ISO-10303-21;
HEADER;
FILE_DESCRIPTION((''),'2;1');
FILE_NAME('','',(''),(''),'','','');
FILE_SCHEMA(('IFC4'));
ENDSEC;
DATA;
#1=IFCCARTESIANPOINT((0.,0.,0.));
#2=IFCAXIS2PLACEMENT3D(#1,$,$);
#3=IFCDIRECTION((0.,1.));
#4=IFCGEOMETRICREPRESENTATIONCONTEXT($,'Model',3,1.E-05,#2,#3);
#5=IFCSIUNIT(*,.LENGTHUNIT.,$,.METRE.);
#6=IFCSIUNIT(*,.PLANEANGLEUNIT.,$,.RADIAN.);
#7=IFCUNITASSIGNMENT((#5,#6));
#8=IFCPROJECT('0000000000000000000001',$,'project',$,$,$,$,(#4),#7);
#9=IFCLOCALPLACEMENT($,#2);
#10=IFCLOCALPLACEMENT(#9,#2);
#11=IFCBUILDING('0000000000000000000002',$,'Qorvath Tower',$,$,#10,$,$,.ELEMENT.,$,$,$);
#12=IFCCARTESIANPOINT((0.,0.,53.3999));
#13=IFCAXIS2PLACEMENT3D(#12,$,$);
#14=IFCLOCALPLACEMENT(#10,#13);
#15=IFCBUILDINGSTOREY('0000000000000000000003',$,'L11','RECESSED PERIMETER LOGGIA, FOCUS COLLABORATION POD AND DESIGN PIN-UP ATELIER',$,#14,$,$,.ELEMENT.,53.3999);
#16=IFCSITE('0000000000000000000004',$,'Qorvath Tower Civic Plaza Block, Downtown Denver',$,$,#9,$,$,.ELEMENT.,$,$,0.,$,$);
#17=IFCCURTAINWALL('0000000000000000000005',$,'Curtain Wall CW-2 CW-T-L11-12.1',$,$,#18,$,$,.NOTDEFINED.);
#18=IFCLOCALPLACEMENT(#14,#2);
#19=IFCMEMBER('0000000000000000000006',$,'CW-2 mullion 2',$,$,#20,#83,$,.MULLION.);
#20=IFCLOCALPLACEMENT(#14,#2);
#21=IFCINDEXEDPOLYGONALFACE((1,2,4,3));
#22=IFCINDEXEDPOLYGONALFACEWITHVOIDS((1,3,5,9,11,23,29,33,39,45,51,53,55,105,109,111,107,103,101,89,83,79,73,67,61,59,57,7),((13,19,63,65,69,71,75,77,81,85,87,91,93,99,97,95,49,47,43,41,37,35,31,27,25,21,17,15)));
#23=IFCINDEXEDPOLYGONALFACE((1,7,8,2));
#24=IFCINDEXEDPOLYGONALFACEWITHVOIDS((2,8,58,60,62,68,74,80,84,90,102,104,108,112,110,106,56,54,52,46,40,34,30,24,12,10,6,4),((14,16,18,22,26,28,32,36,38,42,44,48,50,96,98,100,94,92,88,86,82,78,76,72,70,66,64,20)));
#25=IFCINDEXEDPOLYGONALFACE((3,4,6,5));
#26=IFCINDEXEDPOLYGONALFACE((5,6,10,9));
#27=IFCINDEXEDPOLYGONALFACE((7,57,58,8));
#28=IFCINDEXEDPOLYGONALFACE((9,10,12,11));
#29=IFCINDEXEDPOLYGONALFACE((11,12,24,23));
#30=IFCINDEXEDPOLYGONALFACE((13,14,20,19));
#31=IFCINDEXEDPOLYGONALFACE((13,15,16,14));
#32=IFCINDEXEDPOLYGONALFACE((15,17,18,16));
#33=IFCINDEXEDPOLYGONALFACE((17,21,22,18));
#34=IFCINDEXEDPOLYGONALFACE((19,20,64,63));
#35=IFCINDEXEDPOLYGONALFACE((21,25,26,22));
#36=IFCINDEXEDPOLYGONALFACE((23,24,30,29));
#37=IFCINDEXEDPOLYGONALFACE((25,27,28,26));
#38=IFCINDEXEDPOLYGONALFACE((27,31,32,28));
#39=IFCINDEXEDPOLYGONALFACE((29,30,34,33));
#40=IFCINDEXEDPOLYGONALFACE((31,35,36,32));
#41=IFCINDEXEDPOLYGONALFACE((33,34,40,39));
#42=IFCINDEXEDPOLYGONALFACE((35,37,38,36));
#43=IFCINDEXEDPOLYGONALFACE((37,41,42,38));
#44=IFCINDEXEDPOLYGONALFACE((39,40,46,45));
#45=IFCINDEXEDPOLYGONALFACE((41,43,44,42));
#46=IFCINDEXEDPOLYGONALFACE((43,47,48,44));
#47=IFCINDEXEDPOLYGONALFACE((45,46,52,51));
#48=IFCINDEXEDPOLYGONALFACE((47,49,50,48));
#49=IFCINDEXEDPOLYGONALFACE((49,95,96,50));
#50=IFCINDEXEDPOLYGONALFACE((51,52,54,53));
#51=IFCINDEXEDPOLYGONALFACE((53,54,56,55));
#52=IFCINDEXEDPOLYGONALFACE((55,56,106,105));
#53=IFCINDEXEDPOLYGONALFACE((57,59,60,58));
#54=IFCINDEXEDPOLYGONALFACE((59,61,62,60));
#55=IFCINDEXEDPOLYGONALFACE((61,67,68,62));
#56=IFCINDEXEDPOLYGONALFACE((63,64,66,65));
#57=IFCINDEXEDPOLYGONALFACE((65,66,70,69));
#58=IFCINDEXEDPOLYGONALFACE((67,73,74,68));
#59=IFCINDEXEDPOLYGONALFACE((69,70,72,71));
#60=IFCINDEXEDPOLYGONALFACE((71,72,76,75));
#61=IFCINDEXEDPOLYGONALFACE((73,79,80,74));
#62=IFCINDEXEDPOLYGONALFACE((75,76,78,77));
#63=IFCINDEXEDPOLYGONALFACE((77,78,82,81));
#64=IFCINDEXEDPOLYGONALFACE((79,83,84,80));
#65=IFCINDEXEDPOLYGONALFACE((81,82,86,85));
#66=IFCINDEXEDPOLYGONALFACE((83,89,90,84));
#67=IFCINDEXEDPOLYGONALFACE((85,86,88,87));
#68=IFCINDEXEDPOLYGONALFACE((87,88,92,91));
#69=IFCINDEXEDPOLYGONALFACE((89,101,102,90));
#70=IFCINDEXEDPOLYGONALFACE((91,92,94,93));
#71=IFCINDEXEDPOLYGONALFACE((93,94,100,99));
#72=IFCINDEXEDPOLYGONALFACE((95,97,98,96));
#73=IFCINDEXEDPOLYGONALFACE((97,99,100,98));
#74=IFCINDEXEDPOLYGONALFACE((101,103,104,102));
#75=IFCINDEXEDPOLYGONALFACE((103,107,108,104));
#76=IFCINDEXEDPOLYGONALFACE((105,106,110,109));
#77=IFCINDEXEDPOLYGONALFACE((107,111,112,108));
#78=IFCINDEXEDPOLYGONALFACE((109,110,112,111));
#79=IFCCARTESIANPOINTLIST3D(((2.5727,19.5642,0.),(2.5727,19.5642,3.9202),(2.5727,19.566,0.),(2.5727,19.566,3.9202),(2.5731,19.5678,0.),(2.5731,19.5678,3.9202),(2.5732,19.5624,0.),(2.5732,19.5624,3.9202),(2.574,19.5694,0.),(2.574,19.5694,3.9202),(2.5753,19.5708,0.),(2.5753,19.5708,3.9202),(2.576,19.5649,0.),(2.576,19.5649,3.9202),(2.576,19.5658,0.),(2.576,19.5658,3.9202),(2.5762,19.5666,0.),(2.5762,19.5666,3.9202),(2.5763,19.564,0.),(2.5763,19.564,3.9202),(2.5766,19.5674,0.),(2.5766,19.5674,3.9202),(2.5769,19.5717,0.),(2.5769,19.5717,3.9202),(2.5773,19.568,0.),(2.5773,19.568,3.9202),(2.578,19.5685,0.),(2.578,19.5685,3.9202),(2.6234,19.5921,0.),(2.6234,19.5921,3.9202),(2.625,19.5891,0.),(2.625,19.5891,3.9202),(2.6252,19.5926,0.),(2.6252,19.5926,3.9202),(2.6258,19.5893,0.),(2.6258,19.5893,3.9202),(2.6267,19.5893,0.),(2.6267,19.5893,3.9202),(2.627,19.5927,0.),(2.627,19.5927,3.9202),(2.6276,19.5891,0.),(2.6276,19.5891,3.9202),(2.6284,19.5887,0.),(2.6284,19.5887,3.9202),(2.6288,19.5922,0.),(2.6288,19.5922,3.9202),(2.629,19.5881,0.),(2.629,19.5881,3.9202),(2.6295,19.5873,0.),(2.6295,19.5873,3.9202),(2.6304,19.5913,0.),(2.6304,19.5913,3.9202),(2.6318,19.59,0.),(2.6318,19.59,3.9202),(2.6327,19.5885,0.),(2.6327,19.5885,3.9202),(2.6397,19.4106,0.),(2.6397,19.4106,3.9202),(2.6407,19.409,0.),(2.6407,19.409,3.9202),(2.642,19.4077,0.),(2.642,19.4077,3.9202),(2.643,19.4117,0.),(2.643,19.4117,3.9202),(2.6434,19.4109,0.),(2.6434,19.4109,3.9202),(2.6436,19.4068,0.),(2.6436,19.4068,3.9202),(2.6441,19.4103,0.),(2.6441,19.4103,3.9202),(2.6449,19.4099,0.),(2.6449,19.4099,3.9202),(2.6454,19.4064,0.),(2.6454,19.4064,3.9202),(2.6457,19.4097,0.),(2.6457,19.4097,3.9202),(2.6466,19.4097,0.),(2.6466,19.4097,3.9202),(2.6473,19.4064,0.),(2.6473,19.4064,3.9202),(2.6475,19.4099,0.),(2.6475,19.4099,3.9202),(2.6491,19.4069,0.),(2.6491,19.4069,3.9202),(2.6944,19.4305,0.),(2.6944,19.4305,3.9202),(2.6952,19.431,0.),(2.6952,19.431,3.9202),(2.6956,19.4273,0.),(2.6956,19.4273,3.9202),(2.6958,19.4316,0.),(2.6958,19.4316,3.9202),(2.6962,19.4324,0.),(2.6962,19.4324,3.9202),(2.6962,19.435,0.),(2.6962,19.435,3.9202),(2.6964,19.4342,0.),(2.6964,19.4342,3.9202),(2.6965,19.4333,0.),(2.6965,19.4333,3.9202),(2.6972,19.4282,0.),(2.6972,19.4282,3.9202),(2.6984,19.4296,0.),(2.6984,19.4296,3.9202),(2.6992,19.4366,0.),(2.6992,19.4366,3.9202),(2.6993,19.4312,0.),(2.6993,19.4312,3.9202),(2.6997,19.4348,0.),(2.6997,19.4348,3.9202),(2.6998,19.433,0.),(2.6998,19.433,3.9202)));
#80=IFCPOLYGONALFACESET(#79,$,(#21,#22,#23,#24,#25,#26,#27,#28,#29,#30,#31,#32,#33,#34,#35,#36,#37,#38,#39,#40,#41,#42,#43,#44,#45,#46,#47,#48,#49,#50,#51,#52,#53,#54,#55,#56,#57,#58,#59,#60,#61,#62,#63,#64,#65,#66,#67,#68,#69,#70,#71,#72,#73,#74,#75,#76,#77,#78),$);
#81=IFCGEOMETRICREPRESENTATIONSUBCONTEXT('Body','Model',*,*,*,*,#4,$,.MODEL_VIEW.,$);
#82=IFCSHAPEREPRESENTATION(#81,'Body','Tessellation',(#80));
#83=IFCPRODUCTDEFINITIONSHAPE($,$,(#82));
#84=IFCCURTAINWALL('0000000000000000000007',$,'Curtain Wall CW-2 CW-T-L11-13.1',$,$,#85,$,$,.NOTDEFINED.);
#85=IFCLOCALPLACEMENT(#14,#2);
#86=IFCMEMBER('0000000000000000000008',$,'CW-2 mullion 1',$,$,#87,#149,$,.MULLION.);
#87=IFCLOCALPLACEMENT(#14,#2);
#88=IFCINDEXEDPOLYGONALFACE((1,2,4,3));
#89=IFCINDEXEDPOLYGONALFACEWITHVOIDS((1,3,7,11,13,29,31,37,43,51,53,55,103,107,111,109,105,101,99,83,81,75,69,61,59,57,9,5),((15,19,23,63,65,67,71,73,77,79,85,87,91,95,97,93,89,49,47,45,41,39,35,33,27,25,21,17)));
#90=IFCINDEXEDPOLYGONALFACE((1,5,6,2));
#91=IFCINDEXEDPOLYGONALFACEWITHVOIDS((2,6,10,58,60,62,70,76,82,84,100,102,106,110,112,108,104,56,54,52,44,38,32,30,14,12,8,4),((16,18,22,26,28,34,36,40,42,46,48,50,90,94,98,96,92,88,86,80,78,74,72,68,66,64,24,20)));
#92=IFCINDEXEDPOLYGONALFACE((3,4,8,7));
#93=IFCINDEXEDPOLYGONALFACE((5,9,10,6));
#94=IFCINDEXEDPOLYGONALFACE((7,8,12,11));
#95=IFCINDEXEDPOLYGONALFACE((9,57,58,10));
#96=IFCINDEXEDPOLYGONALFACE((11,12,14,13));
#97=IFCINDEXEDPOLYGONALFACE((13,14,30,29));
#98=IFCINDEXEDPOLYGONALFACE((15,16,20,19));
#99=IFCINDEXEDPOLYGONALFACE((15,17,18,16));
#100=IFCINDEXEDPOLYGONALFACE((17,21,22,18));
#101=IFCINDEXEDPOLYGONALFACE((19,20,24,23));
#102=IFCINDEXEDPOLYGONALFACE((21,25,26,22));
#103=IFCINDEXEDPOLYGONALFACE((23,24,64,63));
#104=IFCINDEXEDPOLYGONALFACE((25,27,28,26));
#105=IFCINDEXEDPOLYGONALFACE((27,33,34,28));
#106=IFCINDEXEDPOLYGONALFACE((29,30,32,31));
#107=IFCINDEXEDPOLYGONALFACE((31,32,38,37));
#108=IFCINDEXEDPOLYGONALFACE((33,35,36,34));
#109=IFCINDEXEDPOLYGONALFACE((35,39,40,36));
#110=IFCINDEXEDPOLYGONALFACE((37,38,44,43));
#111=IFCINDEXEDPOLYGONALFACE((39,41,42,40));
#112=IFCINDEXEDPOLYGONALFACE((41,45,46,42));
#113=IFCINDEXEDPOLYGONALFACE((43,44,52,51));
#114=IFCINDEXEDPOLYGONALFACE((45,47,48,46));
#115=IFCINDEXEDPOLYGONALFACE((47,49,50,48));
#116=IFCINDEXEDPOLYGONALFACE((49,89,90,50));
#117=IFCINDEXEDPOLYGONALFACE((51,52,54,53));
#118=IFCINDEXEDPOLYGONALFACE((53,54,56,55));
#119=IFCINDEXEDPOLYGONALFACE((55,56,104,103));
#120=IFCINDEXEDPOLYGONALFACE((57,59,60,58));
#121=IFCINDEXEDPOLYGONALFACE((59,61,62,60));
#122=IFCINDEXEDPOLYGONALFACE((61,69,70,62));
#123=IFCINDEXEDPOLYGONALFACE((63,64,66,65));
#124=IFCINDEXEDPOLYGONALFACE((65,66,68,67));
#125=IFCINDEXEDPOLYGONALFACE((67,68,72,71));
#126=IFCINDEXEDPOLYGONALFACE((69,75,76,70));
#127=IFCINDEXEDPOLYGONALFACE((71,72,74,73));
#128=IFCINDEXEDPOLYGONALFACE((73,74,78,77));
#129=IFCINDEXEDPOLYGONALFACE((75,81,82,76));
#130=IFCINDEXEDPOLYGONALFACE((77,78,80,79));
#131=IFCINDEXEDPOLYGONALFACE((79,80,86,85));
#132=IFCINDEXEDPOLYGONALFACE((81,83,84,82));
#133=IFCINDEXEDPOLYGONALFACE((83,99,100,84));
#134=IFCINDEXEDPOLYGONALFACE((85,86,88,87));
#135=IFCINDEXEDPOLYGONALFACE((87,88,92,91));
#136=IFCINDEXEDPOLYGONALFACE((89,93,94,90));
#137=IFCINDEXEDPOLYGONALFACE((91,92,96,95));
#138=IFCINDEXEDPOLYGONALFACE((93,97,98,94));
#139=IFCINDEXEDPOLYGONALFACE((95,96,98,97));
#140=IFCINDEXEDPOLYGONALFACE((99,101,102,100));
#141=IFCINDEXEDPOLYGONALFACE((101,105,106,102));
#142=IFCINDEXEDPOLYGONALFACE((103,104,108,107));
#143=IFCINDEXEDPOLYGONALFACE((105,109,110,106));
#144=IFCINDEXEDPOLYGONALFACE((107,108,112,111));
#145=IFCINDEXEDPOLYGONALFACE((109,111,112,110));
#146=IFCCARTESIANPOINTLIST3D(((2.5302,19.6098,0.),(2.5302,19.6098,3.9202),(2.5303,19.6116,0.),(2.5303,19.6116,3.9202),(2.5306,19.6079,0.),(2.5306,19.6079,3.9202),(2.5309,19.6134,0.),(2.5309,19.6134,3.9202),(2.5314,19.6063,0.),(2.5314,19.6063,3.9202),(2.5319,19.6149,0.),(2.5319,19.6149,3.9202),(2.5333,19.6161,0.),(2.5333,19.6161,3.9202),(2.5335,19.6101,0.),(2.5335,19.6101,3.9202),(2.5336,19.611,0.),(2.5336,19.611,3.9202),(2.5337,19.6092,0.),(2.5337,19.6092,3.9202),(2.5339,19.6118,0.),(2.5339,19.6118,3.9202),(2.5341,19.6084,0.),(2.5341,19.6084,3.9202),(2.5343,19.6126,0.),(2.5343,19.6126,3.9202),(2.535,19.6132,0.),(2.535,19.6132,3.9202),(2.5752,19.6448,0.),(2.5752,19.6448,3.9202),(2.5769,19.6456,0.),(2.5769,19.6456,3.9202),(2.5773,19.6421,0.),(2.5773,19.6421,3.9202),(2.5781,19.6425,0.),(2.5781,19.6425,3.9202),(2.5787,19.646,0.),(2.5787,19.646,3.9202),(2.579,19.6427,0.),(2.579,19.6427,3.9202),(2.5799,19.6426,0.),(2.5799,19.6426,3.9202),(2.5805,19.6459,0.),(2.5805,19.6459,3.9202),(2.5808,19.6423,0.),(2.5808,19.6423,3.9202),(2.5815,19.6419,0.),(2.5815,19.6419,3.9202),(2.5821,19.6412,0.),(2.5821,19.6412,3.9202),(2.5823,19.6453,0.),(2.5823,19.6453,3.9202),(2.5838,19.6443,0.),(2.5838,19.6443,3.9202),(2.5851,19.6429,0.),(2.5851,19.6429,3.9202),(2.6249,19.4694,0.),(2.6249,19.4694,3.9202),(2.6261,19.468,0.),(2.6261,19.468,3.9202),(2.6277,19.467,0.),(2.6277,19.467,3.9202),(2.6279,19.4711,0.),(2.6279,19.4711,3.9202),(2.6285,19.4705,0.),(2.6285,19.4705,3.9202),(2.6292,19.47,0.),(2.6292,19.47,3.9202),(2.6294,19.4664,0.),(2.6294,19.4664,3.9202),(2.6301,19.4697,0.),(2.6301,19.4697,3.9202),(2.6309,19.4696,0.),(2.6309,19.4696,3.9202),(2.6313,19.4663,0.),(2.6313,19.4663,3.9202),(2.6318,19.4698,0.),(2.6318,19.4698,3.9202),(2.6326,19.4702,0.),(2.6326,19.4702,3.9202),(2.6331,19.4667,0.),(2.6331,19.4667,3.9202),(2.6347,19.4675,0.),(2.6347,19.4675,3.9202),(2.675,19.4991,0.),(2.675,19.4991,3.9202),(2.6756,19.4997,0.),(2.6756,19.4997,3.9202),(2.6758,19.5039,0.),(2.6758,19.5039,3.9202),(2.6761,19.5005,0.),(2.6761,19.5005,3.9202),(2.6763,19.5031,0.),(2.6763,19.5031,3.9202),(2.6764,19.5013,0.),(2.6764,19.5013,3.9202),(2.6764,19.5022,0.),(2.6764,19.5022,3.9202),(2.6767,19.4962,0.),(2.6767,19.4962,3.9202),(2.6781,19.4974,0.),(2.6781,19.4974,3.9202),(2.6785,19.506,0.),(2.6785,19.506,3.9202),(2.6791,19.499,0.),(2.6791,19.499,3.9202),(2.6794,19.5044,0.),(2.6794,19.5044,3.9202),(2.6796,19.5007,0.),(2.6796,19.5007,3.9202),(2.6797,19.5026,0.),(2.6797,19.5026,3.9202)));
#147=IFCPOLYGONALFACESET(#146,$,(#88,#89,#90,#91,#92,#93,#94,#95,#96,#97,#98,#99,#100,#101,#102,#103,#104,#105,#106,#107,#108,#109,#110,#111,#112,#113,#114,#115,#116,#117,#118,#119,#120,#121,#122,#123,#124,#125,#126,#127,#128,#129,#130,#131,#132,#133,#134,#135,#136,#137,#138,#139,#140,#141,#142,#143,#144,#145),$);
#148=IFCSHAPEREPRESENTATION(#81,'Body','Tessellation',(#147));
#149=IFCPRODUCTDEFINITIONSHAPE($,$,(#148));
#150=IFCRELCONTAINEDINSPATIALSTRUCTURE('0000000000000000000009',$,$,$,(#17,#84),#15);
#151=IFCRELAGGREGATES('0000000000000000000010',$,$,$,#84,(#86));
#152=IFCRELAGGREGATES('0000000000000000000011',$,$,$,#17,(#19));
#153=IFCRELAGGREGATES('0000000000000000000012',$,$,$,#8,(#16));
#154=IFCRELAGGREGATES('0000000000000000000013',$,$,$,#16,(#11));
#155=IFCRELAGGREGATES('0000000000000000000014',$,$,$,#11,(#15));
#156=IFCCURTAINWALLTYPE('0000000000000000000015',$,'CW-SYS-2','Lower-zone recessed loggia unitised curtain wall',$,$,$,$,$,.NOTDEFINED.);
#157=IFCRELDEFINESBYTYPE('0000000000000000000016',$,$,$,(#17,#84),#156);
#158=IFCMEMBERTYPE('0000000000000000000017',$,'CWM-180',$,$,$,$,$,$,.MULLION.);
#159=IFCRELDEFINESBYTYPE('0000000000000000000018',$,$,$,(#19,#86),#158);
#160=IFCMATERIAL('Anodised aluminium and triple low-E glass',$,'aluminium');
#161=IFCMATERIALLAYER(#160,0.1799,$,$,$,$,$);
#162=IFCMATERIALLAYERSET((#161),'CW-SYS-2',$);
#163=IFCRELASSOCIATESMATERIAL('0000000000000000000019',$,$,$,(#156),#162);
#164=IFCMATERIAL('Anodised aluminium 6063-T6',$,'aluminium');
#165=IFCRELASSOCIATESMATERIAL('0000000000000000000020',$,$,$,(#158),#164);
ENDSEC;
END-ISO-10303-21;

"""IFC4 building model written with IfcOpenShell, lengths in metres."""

from ifc_helpers import new_model, si_unit, direction, frame, origin, origin_2d, place, context, subcontext, project, spatial, hollow_rectangle, extrude, material, layer, layer_set, material_profile, profile_set, type_object, element, aggregate, save


model = new_model("IFC4")

# Units and contexts
model_context = context("Model", 3, precision=1e-05, world=origin(), true_north=direction((0.0, 1.0)))
body_context = subcontext(model_context, "Body", "Model", "MODEL_VIEW")
ifc_project = project(units=[si_unit("LENGTHUNIT", "METRE"), si_unit("PLANEANGLEUNIT", "RADIAN")], contexts=[model_context])

# Site, building, storey
site_placement = place(None, origin())
site = spatial("IfcSite", under=ifc_project, at=site_placement, Name="Qorvath Tower Civic Plaza Block, Downtown Denver", CompositionType="ELEMENT", RefElevation=0.0)
building_placement = place(site_placement, origin())
building = spatial("IfcBuilding", under=site, at=building_placement, Name="Qorvath Tower", CompositionType="ELEMENT")
storey_placement = place(building_placement, frame((0.0, 0.0, 53.3999)))
storey = spatial("IfcBuildingStorey", under=building, at=storey_placement, Name="L11", Description="RECESSED PERIMETER LOGGIA, FOCUS COLLABORATION POD AND DESIGN PIN-UP ATELIER", CompositionType="ELEMENT", Elevation=53.3999)

# Curtain wall, member
ifc_material_1 = material(Name="Anodised aluminium and triple low-E glass", Category="aluminium")
ifc_layer_1 = layer(ifc_material_1, 0.1799)
ifc_layer_set_1 = layer_set([ifc_layer_1], Name="CW-SYS-2")
curtain_wall_type = type_object("IfcCurtainWallType", Name="CW-SYS-2", Description="Lower-zone recessed loggia unitised curtain wall", PredefinedType="NOTDEFINED", material=ifc_layer_set_1)
ifc_material_2 = material(Name="Anodised aluminium 6063-T6", Category="aluminium")
ifc_material_profile_1 = material_profile(ifc_material_2, hollow_rectangle(XDim=0.0649, YDim=0.1799, WallThickness=0.0034, InnerFilletRadius=0.0034, OuterFilletRadius=0.0071, at=origin_2d()), Name="CWM 180x65")
ifc_profile_set_1 = profile_set([ifc_material_profile_1], Name="Anodised aluminium 6063-T6")
member_type_1 = type_object("IfcMemberType", Name="CWM-180", PredefinedType="MULLION", material=ifc_profile_set_1)
curtain_wall_1_placement = place(storey_placement, origin())
curtain_wall_1 = element("IfcCurtainWall", 1, at=curtain_wall_1_placement, inside=storey, type_object=curtain_wall_type, Name="Curtain Wall CW-2 CW-T-L11-12.1", PredefinedType="NOTDEFINED")
member_1_placement = place(storey_placement, frame((2.6362, 19.4995, 0.0), z_axis=(0.0, 0.0, 1.0), x_axis=(-0.916001, -0.401177, 0.0)))
member_1 = element("IfcMember", 2, at=member_1_placement, type_object=member_type_1, Name="CW-2 mullion 2", PredefinedType="MULLION", context=body_context, shape_type="SweptSolid", body=[
    extrude(hollow_rectangle(XDim=0.0649, YDim=0.1799, WallThickness=0.0034, InnerFilletRadius=0.0034, OuterFilletRadius=0.0071, at=origin_2d()), origin(), (0.0, 0.0, 1.0), 3.9202),
])

# Curtain wall, member
curtain_wall_2_placement = place(storey_placement, origin())
curtain_wall_2 = element("IfcCurtainWall", 3, at=curtain_wall_2_placement, inside=storey, type_object=curtain_wall_type, Name="Curtain Wall CW-2 CW-T-L11-13.1", PredefinedType="NOTDEFINED")
member_2_placement = place(storey_placement, frame((2.605, 19.5562, 0.0), z_axis=(0.0, 0.0, 1.0), x_axis=(-0.825849, -0.563891, 0.0)))
member_2 = element("IfcMember", 4, at=member_2_placement, type_object=member_type_1, Name="CW-2 mullion 1", PredefinedType="MULLION", context=body_context, shape_type="SweptSolid", body=[
    extrude(hollow_rectangle(XDim=0.0649, YDim=0.1799, WallThickness=0.0034, InnerFilletRadius=0.0034, OuterFilletRadius=0.0071, at=origin_2d()), origin(), (0.0, 0.0, 1.0), 3.9202),
])

aggregate(curtain_wall_2, [member_2])

aggregate(curtain_wall_1, [member_1])

save(model, "model.ifc")
